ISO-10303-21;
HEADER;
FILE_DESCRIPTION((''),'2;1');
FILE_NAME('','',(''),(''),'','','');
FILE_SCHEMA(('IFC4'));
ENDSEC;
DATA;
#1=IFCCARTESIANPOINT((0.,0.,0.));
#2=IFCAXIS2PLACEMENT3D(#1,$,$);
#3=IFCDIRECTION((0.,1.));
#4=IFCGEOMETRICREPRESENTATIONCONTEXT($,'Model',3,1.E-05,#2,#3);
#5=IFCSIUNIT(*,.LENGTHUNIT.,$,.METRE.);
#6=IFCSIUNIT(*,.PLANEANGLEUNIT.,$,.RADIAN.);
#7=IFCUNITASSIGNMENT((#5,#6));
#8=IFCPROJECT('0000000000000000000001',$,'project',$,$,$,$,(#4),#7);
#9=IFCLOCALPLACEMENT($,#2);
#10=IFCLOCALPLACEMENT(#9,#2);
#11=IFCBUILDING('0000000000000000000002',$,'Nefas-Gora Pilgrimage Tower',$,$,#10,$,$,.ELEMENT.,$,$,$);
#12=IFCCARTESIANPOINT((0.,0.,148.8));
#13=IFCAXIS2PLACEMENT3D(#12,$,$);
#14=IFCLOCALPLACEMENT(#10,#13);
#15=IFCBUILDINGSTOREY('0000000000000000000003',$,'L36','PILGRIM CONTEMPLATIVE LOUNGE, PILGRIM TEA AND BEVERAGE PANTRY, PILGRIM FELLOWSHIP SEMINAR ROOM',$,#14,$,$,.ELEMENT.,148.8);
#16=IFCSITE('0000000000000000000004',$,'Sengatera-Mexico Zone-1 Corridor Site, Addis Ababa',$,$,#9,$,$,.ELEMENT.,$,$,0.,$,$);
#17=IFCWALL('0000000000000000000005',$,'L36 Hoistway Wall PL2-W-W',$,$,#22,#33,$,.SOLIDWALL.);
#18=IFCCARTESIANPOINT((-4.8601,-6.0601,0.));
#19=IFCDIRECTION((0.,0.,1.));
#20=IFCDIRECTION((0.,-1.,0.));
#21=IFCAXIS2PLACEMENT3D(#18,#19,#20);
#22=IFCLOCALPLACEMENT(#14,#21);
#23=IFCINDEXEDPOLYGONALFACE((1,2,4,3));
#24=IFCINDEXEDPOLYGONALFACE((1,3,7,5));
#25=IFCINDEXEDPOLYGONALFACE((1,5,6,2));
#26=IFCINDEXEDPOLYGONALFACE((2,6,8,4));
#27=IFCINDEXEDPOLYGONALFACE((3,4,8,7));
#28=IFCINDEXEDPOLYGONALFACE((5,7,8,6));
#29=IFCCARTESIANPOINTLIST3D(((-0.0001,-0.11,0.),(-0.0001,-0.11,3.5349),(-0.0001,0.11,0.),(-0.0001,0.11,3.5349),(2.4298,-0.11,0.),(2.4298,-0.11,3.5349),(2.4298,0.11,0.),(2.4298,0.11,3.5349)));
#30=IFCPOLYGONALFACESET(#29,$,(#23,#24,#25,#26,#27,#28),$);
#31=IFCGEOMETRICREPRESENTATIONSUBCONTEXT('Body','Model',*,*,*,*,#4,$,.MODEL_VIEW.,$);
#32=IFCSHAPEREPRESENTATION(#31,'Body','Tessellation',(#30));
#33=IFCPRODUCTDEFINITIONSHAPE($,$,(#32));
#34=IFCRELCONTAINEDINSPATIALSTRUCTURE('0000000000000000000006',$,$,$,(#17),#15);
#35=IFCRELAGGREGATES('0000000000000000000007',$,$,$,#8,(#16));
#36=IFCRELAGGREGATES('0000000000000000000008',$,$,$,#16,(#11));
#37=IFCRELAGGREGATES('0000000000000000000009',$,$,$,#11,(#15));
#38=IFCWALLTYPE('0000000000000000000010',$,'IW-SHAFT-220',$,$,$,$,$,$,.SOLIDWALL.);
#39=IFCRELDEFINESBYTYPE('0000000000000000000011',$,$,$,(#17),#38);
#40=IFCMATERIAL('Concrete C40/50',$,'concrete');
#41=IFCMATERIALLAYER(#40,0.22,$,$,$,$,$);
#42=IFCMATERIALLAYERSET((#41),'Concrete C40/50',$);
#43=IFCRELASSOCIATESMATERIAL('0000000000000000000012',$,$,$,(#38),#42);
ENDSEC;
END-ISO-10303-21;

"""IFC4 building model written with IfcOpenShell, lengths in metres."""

from ifc_helpers import new_model, si_unit, direction, frame, frame_2d, origin, place, context, subcontext, project, spatial, rectangle, extrude, source, transform, mapped, material, layer, layer_set, type_object, element, save


model = new_model("IFC4")

# Units and contexts
model_context = context("Model", 3, precision=1e-05, world=origin(), true_north=direction((0.0, 1.0)))
body_context = subcontext(model_context, "Body", "Model", "MODEL_VIEW")
ifc_project = project(units=[si_unit("LENGTHUNIT", "METRE"), si_unit("PLANEANGLEUNIT", "RADIAN")], contexts=[model_context])

# Site, building, storey
site_placement = place(None, origin())
site = spatial("IfcSite", under=ifc_project, at=site_placement, Name="Sengatera-Mexico Zone-1 Corridor Site, Addis Ababa", CompositionType="ELEMENT", RefElevation=0.0)
building_placement = place(site_placement, origin())
building = spatial("IfcBuilding", under=site, at=building_placement, Name="Nefas-Gora Pilgrimage Tower", CompositionType="ELEMENT")
storey_placement = place(building_placement, frame((0.0, 0.0, 148.8)))
storey = spatial("IfcBuildingStorey", under=building, at=storey_placement, Name="L36", Description="PILGRIM CONTEMPLATIVE LOUNGE, PILGRIM TEA AND BEVERAGE PANTRY, PILGRIM FELLOWSHIP SEMINAR ROOM", CompositionType="ELEMENT", Elevation=148.8)

# Shared definitions
ifc_material_1 = material(Name="Concrete C40/50", Category="concrete")
ifc_layer_1 = layer(ifc_material_1, 0.22)
ifc_layer_set_1 = layer_set([ifc_layer_1], Name="Concrete C40/50")
wall_type_1 = type_object("IfcWallType", Name="IW-SHAFT-220", PredefinedType="SOLIDWALL", material=ifc_layer_set_1)

# Wall
shared_shape_1 = source(origin(), body_context, "Body", "SweptSolid", [
    extrude(rectangle(XDim=2.4299, YDim=0.22, at=frame_2d((1.2148, 0.0))), origin(), (0.0, 0.0, 1.0), 3.5349),
])
wall_1_placement = place(storey_placement, frame((-4.8601, -6.0601, 0.0), z_axis=(0.0, 0.0, 1.0), x_axis=(0.0, -1.0, 0.0)))
element("IfcWall", 1, at=wall_1_placement, inside=storey, type_object=wall_type_1, Name="L36 Hoistway Wall PL2-W-W", PredefinedType="SOLIDWALL", context=body_context, shape_type="MappedRepresentation", body=[
    mapped(shared_shape_1, transform((0.0, 0.0, 0.0), x_axis=(1.0, 0.0, 0.0), y_axis=(0.0, 1.0, 0.0), z_axis=(0.0, 0.0, 1.0), scale=1.0)),
])

save(model, "model.ifc")
